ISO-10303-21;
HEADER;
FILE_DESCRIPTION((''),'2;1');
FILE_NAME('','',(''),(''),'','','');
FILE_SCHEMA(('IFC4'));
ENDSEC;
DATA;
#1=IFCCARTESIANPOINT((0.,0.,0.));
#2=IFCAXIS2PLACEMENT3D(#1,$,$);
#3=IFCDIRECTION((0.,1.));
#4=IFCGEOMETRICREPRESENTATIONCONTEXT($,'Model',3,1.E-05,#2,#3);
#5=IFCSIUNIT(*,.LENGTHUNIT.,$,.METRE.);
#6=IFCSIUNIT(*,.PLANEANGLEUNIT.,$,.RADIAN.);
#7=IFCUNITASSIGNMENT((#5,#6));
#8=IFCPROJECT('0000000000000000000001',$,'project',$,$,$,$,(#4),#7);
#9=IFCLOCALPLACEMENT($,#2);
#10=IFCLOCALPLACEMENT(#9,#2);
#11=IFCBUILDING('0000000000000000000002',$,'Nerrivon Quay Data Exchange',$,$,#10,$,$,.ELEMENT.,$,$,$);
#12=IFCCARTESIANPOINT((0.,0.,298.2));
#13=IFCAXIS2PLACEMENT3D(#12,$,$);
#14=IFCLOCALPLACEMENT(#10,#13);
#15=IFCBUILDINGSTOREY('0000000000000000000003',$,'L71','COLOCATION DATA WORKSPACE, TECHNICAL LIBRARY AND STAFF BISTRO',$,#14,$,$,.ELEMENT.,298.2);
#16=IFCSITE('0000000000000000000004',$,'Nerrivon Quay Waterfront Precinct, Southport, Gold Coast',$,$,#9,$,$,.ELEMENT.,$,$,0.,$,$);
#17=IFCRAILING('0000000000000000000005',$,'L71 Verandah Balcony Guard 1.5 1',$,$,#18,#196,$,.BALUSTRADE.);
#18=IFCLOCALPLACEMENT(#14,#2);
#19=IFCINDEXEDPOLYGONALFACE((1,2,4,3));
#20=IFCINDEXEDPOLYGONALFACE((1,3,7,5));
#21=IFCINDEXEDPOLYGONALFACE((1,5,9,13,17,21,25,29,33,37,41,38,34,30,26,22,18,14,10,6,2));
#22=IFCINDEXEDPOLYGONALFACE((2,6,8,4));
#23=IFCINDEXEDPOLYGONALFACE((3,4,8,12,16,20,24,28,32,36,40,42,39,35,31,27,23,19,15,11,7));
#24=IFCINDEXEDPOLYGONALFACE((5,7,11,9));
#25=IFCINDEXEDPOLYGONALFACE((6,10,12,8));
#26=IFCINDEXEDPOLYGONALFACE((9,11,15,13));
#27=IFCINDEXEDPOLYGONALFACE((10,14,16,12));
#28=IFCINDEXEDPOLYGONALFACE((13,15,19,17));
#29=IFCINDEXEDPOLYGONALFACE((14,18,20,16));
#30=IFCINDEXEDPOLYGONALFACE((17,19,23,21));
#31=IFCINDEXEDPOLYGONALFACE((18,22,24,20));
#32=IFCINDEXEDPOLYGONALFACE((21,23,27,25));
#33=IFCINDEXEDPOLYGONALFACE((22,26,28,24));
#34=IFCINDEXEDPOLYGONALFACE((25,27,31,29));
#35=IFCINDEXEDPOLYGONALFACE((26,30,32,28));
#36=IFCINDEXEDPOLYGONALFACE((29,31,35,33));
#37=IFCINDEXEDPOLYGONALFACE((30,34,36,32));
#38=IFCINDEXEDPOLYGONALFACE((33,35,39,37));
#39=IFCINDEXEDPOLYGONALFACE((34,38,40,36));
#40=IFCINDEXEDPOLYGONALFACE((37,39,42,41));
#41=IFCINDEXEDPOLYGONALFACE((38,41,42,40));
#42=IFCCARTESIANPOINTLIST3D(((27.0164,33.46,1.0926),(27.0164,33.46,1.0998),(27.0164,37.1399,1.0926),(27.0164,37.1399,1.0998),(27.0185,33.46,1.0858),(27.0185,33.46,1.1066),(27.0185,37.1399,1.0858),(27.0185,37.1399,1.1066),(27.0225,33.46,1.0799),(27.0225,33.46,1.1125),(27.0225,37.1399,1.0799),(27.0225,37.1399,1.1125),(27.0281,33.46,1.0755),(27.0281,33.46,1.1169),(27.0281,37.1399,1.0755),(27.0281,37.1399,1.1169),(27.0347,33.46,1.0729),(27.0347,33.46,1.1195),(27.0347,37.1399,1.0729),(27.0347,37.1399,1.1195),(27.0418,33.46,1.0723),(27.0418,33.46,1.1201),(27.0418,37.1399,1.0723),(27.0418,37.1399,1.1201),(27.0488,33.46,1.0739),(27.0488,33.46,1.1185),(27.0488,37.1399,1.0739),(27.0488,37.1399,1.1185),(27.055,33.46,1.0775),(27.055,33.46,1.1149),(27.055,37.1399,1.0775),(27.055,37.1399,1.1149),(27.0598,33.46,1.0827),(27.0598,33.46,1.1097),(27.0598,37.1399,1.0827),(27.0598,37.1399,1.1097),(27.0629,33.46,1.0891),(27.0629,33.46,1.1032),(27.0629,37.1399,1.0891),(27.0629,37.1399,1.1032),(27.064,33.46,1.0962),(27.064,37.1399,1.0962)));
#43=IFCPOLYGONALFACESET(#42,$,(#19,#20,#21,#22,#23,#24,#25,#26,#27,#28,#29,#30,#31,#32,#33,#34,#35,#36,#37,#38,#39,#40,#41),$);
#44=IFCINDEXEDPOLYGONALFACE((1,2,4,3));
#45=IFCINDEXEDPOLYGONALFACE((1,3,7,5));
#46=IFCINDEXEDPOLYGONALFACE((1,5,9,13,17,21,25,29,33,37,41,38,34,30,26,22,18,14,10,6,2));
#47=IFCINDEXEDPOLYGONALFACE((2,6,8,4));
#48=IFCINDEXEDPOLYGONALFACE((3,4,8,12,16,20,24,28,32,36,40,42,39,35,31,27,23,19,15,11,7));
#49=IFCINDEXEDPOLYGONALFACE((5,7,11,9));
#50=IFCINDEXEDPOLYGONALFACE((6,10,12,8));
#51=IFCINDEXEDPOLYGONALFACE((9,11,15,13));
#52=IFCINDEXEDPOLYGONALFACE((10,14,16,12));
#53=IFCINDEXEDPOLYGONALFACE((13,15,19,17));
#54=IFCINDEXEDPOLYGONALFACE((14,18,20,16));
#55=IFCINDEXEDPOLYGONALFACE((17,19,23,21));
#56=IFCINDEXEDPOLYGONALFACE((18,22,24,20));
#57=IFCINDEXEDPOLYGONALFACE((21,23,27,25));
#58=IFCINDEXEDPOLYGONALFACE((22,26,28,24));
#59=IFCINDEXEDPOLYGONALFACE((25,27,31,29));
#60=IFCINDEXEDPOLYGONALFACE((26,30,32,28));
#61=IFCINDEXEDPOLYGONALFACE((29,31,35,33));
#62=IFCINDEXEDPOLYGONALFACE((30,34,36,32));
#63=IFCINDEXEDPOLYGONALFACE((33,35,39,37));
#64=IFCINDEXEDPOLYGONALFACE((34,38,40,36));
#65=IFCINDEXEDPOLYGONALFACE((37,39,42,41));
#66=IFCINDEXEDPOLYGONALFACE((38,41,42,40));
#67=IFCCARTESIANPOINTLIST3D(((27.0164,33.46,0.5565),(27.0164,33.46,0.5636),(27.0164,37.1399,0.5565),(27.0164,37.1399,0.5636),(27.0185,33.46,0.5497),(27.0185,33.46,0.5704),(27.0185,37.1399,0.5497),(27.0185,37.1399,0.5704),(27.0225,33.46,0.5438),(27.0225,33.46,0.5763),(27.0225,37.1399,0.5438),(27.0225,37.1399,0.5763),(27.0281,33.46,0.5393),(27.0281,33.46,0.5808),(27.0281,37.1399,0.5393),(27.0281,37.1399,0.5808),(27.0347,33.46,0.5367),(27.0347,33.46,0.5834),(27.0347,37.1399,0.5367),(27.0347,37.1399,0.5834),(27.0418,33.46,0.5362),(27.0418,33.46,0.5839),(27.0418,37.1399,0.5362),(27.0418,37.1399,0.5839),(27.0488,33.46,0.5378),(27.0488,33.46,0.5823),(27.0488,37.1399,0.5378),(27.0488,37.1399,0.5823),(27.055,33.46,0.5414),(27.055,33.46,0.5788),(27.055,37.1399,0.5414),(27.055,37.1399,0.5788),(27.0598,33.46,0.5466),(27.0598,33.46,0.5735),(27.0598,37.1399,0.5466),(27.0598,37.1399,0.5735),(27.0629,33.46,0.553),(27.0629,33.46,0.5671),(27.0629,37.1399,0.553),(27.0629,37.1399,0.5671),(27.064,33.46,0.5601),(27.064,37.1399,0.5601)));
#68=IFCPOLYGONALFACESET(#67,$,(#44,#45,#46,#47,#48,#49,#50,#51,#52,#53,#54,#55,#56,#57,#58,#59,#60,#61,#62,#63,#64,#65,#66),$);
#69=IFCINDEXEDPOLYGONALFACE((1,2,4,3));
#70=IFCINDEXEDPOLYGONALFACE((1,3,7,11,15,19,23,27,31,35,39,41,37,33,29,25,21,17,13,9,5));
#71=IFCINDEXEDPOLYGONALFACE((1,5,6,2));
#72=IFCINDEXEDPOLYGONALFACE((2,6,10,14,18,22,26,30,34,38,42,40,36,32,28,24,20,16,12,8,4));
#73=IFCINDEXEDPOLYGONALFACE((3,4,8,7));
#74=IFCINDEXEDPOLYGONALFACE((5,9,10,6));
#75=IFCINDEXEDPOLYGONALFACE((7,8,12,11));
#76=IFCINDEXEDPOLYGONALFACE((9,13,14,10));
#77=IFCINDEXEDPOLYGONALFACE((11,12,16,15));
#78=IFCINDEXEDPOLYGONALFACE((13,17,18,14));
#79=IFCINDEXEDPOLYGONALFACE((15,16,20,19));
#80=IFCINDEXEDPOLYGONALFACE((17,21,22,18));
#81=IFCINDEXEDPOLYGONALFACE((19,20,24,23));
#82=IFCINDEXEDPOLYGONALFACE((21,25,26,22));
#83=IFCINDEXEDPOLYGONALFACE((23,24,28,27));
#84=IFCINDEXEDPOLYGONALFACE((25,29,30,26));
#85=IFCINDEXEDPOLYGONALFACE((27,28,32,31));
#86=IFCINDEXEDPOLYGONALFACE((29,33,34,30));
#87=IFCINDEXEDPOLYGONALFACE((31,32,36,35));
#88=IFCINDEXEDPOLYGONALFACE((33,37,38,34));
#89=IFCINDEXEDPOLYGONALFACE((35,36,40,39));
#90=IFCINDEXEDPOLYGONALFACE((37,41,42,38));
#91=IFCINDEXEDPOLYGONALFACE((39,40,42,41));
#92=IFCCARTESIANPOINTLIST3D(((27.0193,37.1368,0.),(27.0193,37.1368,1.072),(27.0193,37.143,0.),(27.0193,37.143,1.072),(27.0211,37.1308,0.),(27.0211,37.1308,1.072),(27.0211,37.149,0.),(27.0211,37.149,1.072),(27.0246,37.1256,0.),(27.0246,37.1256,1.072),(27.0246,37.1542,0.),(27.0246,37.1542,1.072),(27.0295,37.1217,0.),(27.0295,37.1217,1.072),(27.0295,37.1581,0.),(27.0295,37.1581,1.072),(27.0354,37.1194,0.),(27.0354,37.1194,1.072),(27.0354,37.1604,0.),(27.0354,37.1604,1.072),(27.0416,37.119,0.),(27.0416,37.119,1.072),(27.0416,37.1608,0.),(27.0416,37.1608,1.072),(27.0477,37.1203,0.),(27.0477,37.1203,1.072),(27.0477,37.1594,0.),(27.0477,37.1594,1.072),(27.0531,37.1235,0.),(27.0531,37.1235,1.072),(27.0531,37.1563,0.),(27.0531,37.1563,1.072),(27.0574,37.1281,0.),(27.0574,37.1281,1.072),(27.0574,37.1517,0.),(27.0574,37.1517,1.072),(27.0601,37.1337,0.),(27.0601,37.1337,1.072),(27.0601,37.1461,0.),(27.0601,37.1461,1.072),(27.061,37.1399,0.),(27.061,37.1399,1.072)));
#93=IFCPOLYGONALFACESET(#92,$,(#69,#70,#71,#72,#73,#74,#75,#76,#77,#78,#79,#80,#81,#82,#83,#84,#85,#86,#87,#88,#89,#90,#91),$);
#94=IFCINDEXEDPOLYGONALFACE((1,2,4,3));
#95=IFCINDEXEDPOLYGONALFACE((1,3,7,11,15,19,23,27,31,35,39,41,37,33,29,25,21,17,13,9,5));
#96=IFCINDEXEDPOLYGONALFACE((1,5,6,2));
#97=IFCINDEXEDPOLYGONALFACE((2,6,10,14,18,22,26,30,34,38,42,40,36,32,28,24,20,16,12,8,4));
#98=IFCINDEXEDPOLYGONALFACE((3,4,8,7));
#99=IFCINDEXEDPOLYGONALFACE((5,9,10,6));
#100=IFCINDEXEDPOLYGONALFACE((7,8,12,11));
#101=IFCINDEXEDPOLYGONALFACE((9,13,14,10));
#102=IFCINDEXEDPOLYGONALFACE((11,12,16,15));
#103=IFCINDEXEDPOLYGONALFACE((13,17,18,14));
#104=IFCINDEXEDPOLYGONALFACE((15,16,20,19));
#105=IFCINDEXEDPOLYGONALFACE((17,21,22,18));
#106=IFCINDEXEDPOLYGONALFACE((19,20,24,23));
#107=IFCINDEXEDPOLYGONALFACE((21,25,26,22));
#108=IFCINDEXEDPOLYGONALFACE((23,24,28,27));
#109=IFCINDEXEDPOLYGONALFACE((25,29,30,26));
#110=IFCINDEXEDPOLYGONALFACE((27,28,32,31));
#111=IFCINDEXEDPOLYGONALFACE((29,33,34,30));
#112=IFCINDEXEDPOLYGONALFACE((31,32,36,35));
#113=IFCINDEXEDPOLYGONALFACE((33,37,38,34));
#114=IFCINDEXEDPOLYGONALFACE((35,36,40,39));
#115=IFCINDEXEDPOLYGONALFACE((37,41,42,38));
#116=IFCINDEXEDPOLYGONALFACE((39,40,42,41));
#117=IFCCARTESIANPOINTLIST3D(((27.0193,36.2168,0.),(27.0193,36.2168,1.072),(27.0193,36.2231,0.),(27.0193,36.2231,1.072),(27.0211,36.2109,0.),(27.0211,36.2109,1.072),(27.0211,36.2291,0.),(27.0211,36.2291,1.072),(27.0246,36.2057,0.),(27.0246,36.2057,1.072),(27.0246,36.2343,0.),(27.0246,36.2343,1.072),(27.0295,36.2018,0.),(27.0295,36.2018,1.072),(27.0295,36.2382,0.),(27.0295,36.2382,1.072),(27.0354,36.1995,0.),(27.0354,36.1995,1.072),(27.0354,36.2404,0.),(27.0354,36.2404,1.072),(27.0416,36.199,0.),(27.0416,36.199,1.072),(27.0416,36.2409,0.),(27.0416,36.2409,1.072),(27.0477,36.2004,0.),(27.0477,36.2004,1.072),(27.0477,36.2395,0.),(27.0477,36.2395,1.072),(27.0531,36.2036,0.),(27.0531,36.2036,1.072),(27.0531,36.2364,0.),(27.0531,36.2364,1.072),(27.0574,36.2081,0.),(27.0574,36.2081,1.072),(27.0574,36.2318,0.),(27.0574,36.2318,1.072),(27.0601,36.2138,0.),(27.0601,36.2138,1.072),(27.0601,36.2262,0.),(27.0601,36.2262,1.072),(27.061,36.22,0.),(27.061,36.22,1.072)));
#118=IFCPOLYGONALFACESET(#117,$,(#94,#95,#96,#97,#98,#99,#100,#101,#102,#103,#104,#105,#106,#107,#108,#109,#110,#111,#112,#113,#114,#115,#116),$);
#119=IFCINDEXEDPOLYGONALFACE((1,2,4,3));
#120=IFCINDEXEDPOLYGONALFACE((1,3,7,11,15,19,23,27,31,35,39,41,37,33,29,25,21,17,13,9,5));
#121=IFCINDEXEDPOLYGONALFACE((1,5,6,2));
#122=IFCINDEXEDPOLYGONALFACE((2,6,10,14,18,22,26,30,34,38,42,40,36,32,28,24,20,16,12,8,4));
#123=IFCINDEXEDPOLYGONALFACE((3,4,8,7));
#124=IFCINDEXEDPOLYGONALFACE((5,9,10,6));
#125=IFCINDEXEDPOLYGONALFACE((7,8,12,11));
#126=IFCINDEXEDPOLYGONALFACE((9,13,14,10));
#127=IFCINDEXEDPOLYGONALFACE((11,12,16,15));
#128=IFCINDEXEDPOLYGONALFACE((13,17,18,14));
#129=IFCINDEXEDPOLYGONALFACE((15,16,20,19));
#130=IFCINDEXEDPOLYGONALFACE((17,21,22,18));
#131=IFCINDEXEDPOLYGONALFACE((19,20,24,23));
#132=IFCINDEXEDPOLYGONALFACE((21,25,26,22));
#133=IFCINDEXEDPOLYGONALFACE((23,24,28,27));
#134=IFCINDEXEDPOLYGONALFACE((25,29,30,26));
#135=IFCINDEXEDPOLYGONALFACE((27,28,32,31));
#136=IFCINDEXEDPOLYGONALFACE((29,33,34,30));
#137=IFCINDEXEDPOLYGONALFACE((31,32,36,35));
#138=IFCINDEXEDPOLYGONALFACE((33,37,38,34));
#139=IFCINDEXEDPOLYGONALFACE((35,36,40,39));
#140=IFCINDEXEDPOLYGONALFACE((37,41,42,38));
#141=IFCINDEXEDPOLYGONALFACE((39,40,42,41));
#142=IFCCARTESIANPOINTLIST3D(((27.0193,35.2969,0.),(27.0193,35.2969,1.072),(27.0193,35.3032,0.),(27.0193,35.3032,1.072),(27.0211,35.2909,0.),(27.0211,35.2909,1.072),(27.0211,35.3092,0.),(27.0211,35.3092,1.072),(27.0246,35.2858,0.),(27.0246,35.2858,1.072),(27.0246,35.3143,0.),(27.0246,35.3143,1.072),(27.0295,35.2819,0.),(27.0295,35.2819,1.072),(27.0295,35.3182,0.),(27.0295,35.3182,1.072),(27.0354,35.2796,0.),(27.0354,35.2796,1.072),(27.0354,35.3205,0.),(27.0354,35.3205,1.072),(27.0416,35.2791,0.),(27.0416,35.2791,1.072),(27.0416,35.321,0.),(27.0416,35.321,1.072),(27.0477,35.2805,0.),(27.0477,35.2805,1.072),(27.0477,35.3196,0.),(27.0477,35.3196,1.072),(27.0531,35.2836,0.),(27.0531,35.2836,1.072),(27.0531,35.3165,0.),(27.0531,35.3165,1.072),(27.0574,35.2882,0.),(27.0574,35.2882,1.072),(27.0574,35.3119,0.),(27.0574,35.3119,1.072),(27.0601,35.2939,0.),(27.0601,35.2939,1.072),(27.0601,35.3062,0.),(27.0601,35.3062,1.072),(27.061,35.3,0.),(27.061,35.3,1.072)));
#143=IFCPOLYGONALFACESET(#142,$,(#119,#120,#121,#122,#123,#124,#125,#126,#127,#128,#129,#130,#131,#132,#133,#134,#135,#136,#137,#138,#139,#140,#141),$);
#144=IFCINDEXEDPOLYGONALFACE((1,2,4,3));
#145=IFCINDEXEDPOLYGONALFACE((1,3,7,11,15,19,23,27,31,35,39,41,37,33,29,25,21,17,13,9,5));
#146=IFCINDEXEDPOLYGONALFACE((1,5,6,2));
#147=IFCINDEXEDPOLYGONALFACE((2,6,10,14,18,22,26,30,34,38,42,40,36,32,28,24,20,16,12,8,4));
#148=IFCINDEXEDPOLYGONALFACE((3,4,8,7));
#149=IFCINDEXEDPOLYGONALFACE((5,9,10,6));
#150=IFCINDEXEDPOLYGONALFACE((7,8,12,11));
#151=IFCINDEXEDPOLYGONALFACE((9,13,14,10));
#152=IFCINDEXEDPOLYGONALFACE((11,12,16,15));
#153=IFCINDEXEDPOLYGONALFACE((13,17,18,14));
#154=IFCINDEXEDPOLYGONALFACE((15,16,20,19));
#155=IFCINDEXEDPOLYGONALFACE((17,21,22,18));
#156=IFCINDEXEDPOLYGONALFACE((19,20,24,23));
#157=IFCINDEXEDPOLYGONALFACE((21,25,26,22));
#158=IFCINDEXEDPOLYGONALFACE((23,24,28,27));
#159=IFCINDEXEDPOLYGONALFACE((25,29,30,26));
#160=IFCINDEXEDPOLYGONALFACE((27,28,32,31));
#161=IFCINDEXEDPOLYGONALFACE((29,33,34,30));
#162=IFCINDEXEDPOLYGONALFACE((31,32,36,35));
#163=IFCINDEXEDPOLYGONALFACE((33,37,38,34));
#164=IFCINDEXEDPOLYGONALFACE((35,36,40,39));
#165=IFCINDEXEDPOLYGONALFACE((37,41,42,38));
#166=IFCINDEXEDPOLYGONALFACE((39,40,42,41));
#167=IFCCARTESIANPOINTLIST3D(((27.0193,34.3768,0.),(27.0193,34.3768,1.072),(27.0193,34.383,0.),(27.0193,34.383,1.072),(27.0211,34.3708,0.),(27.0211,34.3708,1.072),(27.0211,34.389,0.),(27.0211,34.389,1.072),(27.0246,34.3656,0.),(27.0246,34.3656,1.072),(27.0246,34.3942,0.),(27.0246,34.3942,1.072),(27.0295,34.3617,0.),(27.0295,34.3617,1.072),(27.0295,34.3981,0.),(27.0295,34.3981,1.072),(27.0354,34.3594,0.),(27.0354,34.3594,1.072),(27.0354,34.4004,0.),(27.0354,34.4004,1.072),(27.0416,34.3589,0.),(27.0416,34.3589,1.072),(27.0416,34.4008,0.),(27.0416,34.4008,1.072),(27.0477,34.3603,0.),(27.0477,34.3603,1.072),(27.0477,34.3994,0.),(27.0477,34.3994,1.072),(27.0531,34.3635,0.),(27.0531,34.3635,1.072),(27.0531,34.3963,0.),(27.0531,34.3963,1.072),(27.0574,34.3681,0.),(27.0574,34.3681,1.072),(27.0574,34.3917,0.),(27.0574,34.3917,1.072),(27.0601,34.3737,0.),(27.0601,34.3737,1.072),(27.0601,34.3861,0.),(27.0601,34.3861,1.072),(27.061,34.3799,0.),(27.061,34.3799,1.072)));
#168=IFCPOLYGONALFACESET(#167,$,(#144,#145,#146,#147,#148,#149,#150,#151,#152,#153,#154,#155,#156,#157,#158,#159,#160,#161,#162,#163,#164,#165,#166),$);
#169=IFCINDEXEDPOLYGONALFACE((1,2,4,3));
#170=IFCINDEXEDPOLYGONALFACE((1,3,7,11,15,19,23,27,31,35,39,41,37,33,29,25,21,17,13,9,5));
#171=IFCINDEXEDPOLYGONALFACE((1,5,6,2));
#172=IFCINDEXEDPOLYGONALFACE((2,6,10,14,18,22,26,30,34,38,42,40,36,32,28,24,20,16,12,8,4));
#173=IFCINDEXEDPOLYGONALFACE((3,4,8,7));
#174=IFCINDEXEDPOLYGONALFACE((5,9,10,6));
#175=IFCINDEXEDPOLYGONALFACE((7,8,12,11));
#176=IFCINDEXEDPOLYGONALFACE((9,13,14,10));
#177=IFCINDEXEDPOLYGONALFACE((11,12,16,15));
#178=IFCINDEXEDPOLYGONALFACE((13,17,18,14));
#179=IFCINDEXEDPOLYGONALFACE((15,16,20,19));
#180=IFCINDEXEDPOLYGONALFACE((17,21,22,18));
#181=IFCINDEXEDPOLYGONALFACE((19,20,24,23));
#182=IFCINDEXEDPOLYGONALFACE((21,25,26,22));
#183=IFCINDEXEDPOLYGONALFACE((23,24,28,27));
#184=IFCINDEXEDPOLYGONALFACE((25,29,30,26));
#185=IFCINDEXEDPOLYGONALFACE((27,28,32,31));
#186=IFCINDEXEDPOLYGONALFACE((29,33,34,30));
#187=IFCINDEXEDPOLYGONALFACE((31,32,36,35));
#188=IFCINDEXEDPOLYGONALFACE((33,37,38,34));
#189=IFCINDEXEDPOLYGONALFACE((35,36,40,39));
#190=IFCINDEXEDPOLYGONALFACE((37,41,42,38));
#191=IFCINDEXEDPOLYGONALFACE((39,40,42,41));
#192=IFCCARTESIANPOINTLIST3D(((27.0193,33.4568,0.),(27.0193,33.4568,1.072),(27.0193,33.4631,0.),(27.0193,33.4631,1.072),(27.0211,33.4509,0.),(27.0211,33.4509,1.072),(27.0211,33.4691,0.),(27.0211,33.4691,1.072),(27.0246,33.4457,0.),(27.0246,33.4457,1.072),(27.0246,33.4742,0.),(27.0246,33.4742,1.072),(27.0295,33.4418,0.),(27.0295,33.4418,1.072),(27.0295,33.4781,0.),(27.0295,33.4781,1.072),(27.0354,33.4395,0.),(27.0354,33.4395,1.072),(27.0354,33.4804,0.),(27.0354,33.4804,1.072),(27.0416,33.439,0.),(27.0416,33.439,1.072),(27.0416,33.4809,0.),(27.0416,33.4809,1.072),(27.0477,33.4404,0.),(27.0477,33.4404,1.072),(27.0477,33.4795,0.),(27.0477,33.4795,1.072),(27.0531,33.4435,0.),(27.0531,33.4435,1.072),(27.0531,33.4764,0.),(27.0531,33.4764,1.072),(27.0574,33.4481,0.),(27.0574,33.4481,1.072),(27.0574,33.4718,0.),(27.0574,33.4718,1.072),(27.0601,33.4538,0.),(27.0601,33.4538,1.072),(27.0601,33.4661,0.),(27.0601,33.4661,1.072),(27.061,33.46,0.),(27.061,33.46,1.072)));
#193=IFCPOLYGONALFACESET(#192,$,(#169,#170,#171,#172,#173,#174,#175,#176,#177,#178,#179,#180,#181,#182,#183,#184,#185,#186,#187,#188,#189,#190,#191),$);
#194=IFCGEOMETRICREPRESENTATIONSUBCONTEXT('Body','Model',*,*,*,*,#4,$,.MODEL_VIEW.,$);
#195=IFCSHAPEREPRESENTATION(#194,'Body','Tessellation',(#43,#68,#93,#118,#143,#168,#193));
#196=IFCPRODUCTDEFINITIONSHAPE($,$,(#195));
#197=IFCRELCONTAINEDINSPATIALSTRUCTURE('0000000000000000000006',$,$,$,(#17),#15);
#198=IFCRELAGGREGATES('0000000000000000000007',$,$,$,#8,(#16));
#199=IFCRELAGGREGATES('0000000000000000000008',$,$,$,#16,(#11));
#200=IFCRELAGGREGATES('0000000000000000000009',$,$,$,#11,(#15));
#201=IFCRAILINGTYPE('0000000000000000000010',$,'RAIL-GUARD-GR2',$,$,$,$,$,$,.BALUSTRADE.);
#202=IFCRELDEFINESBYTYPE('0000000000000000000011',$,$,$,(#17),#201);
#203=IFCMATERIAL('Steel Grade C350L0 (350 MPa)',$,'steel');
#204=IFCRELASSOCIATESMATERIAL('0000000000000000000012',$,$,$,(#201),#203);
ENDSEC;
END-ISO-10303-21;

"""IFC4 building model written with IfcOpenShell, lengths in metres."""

from ifc_helpers import new_model, si_unit, direction, frame, origin, origin_2d, place, context, subcontext, project, spatial, circle, extrude, material, type_object, element, save


model = new_model("IFC4")

# Units and contexts
model_context = context("Model", 3, precision=1e-05, world=origin(), true_north=direction((0.0, 1.0)))
body_context = subcontext(model_context, "Body", "Model", "MODEL_VIEW")
ifc_project = project(units=[si_unit("LENGTHUNIT", "METRE"), si_unit("PLANEANGLEUNIT", "RADIAN")], contexts=[model_context])

# Site, building, storey
site_placement = place(None, origin())
site = spatial("IfcSite", under=ifc_project, at=site_placement, Name="Nerrivon Quay Waterfront Precinct, Southport, Gold Coast", CompositionType="ELEMENT", RefElevation=0.0)
building_placement = place(site_placement, origin())
building = spatial("IfcBuilding", under=site, at=building_placement, Name="Nerrivon Quay Data Exchange", CompositionType="ELEMENT")
storey_placement = place(building_placement, frame((0.0, 0.0, 298.2)))
storey = spatial("IfcBuildingStorey", under=building, at=storey_placement, Name="L71", Description="COLOCATION DATA WORKSPACE, TECHNICAL LIBRARY AND STAFF BISTRO", CompositionType="ELEMENT", Elevation=298.2)

# Railing
ifc_material_1 = material(Name="Steel Grade C350L0 (350 MPa)", Category="steel")
railing_type = type_object("IfcRailingType", Name="RAIL-GUARD-GR2", PredefinedType="BALUSTRADE", material=ifc_material_1)
railing_1_placement = place(storey_placement, frame((27.04, 37.1399, 0.0)))
element("IfcRailing", 1, at=railing_1_placement, inside=storey, type_object=railing_type, Name="L71 Verandah Balcony Guard 1.5 1", PredefinedType="BALUSTRADE", context=body_context, shape_type="SweptSolid", body=[
    extrude(circle(Radius=0.0239, at=origin_2d()), frame((0.0, 0.0, 1.0962), z_axis=(0.0, -1.0, 0.0), x_axis=(1.0, 0.0, 0.0)), (0.0, 0.0, 1.0), 3.6799),
    extrude(circle(Radius=0.0239, at=origin_2d()), frame((0.0, 0.0, 0.5601), z_axis=(0.0, -1.0, 0.0), x_axis=(1.0, 0.0, 0.0)), (0.0, 0.0, 1.0), 3.6799),
    extrude(circle(Radius=0.021, at=origin_2d()), origin(), (0.0, 0.0, 1.0), 1.072),
    extrude(circle(Radius=0.021, at=origin_2d()), frame((0.0, -0.9199, 0.0)), (0.0, 0.0, 1.0), 1.072),
    extrude(circle(Radius=0.021, at=origin_2d()), frame((0.0, -1.8398, 0.0)), (0.0, 0.0, 1.0), 1.072),
    extrude(circle(Radius=0.021, at=origin_2d()), frame((0.0, -2.76, 0.0)), (0.0, 0.0, 1.0), 1.072),
    extrude(circle(Radius=0.021, at=origin_2d()), frame((0.0, -3.6799, 0.0)), (0.0, 0.0, 1.0), 1.072),
])

save(model, "model.ifc")
